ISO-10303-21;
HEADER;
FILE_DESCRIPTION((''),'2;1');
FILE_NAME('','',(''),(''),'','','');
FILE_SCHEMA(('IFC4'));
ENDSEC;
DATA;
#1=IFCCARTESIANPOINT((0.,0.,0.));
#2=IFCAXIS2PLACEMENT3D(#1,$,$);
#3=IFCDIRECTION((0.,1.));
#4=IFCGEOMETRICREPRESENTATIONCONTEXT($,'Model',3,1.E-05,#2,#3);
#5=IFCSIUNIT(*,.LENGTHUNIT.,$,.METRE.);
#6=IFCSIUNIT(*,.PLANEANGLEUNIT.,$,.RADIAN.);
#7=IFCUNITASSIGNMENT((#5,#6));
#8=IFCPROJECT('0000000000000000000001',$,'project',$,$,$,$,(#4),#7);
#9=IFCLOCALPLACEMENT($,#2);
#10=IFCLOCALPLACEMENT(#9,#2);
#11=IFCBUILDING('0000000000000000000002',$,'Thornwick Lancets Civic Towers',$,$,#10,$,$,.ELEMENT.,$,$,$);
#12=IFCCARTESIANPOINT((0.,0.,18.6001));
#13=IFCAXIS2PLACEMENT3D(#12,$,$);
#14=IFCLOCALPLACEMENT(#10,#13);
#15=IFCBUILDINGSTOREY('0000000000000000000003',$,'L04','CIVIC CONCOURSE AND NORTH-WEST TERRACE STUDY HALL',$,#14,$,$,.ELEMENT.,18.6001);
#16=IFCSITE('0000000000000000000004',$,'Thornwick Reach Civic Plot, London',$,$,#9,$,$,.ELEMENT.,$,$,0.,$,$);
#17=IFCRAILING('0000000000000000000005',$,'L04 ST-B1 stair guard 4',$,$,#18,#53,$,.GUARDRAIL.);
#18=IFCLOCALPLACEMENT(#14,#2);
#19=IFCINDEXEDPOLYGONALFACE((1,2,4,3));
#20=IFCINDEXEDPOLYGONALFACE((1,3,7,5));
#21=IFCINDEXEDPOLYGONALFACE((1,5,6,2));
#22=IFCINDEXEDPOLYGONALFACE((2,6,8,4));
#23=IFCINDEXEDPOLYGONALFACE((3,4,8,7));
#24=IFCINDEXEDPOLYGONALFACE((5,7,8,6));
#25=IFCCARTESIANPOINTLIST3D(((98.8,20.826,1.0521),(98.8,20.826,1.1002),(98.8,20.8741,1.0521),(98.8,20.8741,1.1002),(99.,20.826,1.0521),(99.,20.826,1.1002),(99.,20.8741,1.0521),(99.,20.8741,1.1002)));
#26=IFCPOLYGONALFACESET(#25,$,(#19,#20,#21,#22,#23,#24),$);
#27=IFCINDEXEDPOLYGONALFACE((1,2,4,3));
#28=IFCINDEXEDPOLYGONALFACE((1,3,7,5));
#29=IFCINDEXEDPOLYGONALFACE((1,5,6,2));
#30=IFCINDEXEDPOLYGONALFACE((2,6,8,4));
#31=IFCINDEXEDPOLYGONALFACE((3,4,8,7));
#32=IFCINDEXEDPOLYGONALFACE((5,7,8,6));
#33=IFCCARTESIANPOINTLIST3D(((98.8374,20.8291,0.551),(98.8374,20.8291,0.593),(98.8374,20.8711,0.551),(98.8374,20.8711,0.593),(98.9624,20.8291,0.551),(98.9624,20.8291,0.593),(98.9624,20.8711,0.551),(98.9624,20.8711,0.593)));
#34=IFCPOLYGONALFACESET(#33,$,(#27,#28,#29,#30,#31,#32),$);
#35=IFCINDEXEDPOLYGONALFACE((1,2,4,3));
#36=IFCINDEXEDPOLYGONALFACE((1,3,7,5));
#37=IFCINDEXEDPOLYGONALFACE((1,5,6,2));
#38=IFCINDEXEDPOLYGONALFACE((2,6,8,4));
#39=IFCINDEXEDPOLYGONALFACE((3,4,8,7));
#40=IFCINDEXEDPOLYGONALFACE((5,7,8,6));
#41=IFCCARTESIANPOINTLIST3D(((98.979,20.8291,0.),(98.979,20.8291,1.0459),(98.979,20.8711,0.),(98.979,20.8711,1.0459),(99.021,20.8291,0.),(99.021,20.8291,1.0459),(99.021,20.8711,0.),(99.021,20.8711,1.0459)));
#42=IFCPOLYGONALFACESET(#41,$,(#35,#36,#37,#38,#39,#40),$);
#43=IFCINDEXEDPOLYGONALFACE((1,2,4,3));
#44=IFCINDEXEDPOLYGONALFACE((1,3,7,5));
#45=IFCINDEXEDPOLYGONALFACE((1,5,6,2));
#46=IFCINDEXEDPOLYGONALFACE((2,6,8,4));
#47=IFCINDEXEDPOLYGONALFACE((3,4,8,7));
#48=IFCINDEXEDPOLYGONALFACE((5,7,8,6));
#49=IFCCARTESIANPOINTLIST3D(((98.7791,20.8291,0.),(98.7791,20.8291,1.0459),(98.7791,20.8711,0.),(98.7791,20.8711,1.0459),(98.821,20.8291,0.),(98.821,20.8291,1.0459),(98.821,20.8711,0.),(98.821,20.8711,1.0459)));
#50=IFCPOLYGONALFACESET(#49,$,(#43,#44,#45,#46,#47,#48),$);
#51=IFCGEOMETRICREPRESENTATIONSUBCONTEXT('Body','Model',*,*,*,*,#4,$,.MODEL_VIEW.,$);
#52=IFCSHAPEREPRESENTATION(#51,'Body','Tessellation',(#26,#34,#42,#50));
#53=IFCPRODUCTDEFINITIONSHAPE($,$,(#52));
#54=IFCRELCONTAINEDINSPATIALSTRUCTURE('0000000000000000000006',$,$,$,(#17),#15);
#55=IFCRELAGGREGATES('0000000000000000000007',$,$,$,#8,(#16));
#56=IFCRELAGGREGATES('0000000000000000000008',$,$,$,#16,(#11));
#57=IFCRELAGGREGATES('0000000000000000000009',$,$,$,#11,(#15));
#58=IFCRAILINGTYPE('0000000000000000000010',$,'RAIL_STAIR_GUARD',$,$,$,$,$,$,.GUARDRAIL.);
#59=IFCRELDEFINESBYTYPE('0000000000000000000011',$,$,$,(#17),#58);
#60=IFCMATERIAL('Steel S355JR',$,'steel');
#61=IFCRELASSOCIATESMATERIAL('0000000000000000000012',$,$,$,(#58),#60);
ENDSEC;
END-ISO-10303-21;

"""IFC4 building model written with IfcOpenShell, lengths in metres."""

from ifc_helpers import new_model, si_unit, direction, frame, origin, origin_2d, place, context, subcontext, project, spatial, rectangle, extrude, material, type_object, element, save


model = new_model("IFC4")

# Units and contexts
model_context = context("Model", 3, precision=1e-05, world=origin(), true_north=direction((0.0, 1.0)))
body_context = subcontext(model_context, "Body", "Model", "MODEL_VIEW")
ifc_project = project(units=[si_unit("LENGTHUNIT", "METRE"), si_unit("PLANEANGLEUNIT", "RADIAN")], contexts=[model_context])

# Site, building, storey
site_placement = place(None, origin())
site = spatial("IfcSite", under=ifc_project, at=site_placement, Name="Thornwick Reach Civic Plot, London", CompositionType="ELEMENT", RefElevation=0.0)
building_placement = place(site_placement, origin())
building = spatial("IfcBuilding", under=site, at=building_placement, Name="Thornwick Lancets Civic Towers", CompositionType="ELEMENT")
storey_placement = place(building_placement, frame((0.0, 0.0, 18.6001)))
storey = spatial("IfcBuildingStorey", under=building, at=storey_placement, Name="L04", Description="CIVIC CONCOURSE AND NORTH-WEST TERRACE STUDY HALL", CompositionType="ELEMENT", Elevation=18.6001)

# Shared definitions
ifc_material_1 = material(Name="Steel S355JR", Category="steel")

# Railing
railing_type_1 = type_object("IfcRailingType", Name="RAIL_STAIR_GUARD", PredefinedType="GUARDRAIL", material=ifc_material_1)
railing_1_placement = place(storey_placement, frame((99.0, 20.8501, 0.0)))
element("IfcRailing", 1, at=railing_1_placement, inside=storey, type_object=railing_type_1, Name="L04 ST-B1 stair guard 4", PredefinedType="GUARDRAIL", context=body_context, shape_type="SweptSolid", body=[
    extrude(rectangle(XDim=0.0481, YDim=0.0481, at=origin_2d()), frame((0.0, 0.0, 1.0762), z_axis=(-1.0, 0.0, 0.0), x_axis=(0.0, -1.0, 0.0)), (0.0, 0.0, 1.0), 0.2),
    extrude(rectangle(XDim=0.042, YDim=0.042, at=origin_2d()), frame((-0.0376, 0.0, 0.572), z_axis=(-1.0, 0.0, 0.0), x_axis=(0.0, -1.0, 0.0)), (0.0, 0.0, 1.0), 0.125),
    extrude(rectangle(XDim=0.042, YDim=0.042, at=origin_2d()), origin(), (0.0, 0.0, 1.0), 1.0459),
    extrude(rectangle(XDim=0.042, YDim=0.042, at=origin_2d()), frame((-0.2, 0.0, 0.0)), (0.0, 0.0, 1.0), 1.0459),
])

save(model, "model.ifc")
